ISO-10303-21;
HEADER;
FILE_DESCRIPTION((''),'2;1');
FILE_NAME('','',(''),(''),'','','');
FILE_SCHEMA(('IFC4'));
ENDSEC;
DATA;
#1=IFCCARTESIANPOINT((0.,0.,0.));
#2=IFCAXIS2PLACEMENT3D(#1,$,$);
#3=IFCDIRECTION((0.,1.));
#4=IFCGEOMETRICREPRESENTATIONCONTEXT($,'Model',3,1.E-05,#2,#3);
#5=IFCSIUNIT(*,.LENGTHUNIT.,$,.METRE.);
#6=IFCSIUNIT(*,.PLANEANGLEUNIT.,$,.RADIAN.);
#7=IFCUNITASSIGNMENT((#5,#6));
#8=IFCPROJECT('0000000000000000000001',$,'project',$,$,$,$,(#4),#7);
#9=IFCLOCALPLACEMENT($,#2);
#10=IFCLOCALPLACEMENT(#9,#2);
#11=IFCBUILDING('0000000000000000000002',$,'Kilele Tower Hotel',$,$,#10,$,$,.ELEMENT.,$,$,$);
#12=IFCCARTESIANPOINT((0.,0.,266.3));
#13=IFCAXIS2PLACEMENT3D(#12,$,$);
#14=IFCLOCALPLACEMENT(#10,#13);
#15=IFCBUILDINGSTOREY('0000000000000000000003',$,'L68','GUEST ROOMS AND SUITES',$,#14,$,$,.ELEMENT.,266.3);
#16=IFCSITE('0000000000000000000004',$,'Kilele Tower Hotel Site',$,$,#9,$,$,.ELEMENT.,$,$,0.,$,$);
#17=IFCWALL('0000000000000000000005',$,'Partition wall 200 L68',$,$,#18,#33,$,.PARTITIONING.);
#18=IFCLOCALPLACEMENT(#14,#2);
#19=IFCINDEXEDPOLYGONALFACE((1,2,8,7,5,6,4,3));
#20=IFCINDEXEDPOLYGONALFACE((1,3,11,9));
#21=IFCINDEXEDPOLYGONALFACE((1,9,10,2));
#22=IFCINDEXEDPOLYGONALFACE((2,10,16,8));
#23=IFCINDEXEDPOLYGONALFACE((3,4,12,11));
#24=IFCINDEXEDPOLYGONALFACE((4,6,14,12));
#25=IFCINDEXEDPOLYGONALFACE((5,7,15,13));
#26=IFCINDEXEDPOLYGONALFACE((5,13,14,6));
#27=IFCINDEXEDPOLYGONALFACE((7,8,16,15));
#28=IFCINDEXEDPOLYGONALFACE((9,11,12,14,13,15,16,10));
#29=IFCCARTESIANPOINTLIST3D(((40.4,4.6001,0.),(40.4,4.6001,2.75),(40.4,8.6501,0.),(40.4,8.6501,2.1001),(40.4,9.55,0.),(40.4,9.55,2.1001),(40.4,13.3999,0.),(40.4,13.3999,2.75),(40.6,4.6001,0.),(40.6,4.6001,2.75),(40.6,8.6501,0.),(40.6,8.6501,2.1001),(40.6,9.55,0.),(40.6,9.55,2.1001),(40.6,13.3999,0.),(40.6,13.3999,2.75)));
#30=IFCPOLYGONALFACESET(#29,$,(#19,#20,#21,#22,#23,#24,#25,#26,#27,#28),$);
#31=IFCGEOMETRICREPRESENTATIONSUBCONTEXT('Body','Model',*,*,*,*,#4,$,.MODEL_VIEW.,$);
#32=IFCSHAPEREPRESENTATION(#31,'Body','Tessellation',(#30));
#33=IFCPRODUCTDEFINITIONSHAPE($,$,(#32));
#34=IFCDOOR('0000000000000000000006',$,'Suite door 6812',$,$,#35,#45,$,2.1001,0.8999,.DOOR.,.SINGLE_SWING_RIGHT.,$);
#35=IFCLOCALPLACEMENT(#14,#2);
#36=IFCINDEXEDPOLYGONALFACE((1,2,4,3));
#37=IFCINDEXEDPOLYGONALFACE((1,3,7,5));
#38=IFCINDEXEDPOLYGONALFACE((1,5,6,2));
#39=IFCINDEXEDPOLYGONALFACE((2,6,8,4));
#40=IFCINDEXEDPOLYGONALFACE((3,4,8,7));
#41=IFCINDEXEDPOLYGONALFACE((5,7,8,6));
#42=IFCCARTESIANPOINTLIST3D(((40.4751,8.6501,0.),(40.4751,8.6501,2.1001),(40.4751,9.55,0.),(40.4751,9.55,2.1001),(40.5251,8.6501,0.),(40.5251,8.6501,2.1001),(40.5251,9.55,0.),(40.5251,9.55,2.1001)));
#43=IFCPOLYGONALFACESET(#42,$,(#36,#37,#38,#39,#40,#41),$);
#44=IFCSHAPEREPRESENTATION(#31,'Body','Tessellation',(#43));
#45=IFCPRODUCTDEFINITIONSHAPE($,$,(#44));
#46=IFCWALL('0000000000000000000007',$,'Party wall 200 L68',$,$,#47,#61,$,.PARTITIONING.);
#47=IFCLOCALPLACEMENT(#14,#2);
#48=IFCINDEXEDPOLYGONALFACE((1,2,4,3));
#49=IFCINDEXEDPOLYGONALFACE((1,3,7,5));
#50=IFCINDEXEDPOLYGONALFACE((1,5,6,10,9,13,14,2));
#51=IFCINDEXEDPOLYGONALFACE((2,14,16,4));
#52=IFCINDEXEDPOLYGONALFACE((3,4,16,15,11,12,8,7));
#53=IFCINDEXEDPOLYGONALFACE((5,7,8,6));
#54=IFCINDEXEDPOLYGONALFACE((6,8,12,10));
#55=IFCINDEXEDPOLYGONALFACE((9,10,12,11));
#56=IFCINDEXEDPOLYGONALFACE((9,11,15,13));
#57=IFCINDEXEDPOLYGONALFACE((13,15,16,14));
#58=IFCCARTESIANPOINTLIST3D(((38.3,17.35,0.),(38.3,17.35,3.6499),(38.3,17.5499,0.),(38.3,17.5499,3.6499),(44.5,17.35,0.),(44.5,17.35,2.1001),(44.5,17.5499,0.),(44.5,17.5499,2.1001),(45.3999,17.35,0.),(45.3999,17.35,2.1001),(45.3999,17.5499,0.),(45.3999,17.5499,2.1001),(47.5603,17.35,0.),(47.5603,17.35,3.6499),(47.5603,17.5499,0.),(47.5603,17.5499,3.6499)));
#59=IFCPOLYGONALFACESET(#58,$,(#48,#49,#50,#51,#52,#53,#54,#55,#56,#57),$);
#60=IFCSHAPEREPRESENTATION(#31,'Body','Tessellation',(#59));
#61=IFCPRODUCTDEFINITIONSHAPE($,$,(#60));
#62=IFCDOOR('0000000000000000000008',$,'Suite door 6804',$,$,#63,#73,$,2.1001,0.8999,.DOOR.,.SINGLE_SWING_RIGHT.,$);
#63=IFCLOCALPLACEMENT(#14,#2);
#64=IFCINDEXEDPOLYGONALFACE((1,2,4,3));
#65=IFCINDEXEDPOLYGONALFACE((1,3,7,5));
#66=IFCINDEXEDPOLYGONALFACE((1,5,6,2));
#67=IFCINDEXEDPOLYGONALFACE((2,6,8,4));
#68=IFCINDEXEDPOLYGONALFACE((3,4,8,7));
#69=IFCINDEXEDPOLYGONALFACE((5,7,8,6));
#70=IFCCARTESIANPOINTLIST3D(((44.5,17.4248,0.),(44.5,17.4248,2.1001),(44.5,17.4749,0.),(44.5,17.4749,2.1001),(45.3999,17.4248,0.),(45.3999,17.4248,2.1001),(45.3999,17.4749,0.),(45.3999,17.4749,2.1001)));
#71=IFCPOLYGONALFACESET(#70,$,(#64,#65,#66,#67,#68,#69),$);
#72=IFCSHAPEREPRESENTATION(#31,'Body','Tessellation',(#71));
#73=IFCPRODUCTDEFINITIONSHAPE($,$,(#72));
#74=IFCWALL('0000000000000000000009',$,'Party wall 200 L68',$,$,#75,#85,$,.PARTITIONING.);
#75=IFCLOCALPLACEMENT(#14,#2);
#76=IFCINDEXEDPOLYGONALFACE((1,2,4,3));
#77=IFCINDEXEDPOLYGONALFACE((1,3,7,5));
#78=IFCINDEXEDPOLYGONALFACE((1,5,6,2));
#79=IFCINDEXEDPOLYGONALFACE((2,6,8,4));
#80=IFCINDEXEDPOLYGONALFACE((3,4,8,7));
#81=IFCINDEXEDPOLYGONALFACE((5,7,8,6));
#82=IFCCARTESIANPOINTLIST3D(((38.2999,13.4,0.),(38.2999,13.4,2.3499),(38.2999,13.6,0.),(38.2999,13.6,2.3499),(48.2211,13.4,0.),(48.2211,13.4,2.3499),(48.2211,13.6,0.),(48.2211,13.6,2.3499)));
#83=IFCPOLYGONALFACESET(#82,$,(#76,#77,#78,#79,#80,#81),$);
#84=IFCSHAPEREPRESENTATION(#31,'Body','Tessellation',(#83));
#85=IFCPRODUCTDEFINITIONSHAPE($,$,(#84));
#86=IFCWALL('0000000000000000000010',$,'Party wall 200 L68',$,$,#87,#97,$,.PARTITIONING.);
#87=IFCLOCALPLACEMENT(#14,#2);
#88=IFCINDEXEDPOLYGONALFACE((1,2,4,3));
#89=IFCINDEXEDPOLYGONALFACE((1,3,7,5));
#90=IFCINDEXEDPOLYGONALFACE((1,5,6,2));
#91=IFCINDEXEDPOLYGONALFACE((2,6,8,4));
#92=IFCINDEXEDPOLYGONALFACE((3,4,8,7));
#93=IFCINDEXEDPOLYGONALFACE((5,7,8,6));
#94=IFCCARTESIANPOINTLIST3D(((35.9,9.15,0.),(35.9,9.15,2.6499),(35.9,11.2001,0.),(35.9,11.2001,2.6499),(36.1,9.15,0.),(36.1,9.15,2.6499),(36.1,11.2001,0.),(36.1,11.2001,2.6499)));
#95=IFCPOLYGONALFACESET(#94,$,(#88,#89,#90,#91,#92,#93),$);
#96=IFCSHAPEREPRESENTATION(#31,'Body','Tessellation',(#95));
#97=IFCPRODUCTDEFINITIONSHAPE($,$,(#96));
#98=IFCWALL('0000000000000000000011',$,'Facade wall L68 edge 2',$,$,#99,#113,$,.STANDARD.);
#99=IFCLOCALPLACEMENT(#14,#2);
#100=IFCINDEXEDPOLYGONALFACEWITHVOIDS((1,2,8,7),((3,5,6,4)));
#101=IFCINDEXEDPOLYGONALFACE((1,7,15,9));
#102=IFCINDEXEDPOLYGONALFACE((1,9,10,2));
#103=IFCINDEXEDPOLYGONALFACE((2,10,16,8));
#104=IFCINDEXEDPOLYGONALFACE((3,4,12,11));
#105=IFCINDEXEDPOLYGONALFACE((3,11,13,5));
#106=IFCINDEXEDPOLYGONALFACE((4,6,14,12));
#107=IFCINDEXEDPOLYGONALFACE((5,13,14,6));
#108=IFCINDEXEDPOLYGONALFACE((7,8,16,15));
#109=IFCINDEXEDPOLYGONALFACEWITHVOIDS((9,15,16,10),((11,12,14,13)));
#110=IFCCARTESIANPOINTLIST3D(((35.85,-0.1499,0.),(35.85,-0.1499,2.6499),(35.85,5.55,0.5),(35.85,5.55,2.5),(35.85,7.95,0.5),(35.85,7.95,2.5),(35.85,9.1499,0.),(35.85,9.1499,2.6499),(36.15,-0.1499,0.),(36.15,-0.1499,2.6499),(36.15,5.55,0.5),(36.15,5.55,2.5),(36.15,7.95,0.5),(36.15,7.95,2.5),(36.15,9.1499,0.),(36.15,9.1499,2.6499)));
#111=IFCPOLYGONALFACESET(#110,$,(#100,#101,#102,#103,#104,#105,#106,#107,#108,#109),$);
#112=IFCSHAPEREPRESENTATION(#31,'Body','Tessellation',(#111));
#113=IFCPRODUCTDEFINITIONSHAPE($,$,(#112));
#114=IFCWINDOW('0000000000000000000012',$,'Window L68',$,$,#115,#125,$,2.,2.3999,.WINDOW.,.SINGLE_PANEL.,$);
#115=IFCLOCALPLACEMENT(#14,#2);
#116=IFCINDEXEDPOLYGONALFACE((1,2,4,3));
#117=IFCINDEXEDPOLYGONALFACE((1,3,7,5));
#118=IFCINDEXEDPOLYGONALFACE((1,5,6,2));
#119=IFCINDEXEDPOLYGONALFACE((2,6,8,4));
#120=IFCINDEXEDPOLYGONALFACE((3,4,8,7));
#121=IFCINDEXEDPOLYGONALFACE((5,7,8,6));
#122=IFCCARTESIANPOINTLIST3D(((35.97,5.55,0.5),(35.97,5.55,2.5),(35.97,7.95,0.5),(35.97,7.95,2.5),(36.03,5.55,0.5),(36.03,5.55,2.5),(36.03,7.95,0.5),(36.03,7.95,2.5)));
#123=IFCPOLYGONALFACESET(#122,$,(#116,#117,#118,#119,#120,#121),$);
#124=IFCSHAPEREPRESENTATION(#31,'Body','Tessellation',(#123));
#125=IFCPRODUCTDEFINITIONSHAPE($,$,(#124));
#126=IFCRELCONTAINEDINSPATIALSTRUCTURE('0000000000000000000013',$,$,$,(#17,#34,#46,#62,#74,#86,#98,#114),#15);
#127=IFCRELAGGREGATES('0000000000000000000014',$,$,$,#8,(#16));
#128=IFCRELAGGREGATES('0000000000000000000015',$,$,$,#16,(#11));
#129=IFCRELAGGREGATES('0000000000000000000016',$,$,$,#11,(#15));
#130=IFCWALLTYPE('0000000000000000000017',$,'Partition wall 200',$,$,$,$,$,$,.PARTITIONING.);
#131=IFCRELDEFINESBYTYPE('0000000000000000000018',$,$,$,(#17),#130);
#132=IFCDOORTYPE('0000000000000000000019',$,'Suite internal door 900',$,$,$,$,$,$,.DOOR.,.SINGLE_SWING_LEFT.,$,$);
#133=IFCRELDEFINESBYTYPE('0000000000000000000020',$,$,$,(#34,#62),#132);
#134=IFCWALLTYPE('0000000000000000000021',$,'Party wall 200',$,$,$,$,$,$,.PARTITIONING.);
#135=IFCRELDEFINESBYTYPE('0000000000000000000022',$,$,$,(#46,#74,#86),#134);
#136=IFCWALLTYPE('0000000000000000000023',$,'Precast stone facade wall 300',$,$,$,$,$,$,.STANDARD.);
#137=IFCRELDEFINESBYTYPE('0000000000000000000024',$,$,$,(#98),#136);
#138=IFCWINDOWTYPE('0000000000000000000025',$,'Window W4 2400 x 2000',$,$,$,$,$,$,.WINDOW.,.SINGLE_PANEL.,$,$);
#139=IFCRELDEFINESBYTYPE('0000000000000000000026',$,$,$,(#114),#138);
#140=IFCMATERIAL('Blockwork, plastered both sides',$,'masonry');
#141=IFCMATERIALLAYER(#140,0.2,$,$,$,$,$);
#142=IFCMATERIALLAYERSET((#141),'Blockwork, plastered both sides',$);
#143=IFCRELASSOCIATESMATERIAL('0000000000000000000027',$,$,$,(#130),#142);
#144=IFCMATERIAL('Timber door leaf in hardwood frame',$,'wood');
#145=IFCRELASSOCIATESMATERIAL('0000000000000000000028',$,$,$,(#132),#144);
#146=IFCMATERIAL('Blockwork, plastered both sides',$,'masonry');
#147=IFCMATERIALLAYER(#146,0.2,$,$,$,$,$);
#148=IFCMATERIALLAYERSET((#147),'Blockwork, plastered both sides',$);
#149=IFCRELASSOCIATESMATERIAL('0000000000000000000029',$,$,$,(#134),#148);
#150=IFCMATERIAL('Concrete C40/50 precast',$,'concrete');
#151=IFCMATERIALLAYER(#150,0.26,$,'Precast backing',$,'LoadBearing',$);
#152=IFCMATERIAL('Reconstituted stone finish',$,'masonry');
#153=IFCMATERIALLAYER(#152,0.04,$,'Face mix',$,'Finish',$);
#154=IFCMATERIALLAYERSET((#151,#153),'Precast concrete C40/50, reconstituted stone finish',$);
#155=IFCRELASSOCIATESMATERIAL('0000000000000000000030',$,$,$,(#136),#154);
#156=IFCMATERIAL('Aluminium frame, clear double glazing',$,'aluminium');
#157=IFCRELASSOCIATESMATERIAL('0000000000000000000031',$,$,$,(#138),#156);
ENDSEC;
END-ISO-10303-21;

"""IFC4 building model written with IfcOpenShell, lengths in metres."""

from ifc_helpers import new_model, si_unit, direction, frame, frame_2d, origin, place, context, subcontext, project, spatial, rectangle, extrude, material, layer, layer_set, type_object, element, fill, save


model = new_model("IFC4")

# Units and contexts
model_context = context("Model", 3, precision=1e-05, world=origin(), true_north=direction((0.0, 1.0)))
body_context = subcontext(model_context, "Body", "Model", "MODEL_VIEW")
ifc_project = project(units=[si_unit("LENGTHUNIT", "METRE"), si_unit("PLANEANGLEUNIT", "RADIAN")], contexts=[model_context])

# Site, building, storey
site_placement = place(None, origin())
site = spatial("IfcSite", under=ifc_project, at=site_placement, Name="Kilele Tower Hotel Site", CompositionType="ELEMENT", RefElevation=0.0)
building_placement = place(site_placement, origin())
building = spatial("IfcBuilding", under=site, at=building_placement, Name="Kilele Tower Hotel", CompositionType="ELEMENT")
storey_placement = place(building_placement, frame((0.0, 0.0, 266.3)))
storey = spatial("IfcBuildingStorey", under=building, at=storey_placement, Name="L68", Description="GUEST ROOMS AND SUITES", CompositionType="ELEMENT", Elevation=266.3)

# Walls, openings, doors
ifc_material_1 = material(Name="Blockwork, plastered both sides", Category="masonry")
ifc_layer_1 = layer(ifc_material_1, 0.2)
ifc_layer_set_1 = layer_set([ifc_layer_1], Name="Blockwork, plastered both sides")
wall_type_1 = type_object("IfcWallType", Name="Partition wall 200", PredefinedType="PARTITIONING", material=ifc_layer_set_1)
wall_1_placement = place(storey_placement, frame((40.5, 4.6001, 0.0), z_axis=(0.0, 0.0, 1.0), x_axis=(0.0, 1.0, 0.0)))
wall_1 = element("IfcWall", 1, at=wall_1_placement, inside=storey, type_object=wall_type_1, Name="Partition wall 200 L68", PredefinedType="PARTITIONING", context=body_context, shape_type="SweptSolid", body=[
    extrude(rectangle(XDim=8.7998, YDim=0.2, at=frame_2d((4.3999, 0.0))), origin(), (0.0, 0.0, 1.0), 2.75),
])
opening_1_placement = place(wall_1_placement, frame((4.05, 0.0, 0.0)))
opening_1 = element("IfcOpeningElement", 2, at=opening_1_placement, cuts=wall_1, PredefinedType="OPENING", context=body_context, shape_type="SweptSolid", body=[
    extrude(rectangle(XDim=0.8999, YDim=2.1001, at=frame_2d((0.45, 1.05))), frame((0.0, 0.1099, 0.0), z_axis=(0.0, -1.0, 0.0), x_axis=(1.0, 0.0, 0.0)), (0.0, 0.0, 1.0), 0.22),
])
ifc_material_2 = material(Name="Timber door leaf in hardwood frame", Category="wood")
door_type_1 = type_object("IfcDoorType", Name="Suite internal door 900", OperationType="SINGLE_SWING_LEFT", PredefinedType="DOOR", material=ifc_material_2)
door_1_placement = place(opening_1_placement, origin())
door_1 = element("IfcDoor", 3, at=door_1_placement, inside=storey, type_object=door_type_1, Name="Suite door 6812", OperationType="SINGLE_SWING_RIGHT", OverallHeight=2.1001, OverallWidth=0.8999, PredefinedType="DOOR", context=body_context, shape_type="SweptSolid", body=[
    extrude(rectangle(XDim=0.8999, YDim=2.1001, at=frame_2d((0.45, 1.05))), frame((0.0, 0.0249, 0.0), z_axis=(0.0, -1.0, 0.0), x_axis=(1.0, 0.0, 0.0)), (0.0, 0.0, 1.0), 0.05),
])
fill(opening_1, door_1)
ifc_material_3 = material(Name="Blockwork, plastered both sides", Category="masonry")
ifc_layer_2 = layer(ifc_material_3, 0.2)
ifc_layer_set_2 = layer_set([ifc_layer_2], Name="Blockwork, plastered both sides")
wall_type_2 = type_object("IfcWallType", Name="Party wall 200", PredefinedType="PARTITIONING", material=ifc_layer_set_2)
wall_2_placement = place(storey_placement, frame((38.3, 17.45, 0.0), z_axis=(0.0, 0.0, 1.0), x_axis=(1.0, 0.0, 0.0)))
wall_2 = element("IfcWall", 4, at=wall_2_placement, inside=storey, type_object=wall_type_2, Name="Party wall 200 L68", PredefinedType="PARTITIONING", context=body_context, shape_type="SweptSolid", body=[
    extrude(rectangle(XDim=9.2603, YDim=0.2, at=frame_2d((4.6301, 0.0))), origin(), (0.0, 0.0, 1.0), 3.6499),
])
opening_2_placement = place(wall_2_placement, frame((6.2, 0.0, 0.0)))
opening_2 = element("IfcOpeningElement", 5, at=opening_2_placement, cuts=wall_2, PredefinedType="OPENING", context=body_context, shape_type="SweptSolid", body=[
    extrude(rectangle(XDim=0.8999, YDim=2.1001, at=frame_2d((0.45, 1.05))), frame((0.0, 0.1099, 0.0), z_axis=(0.0, -1.0, 0.0), x_axis=(1.0, 0.0, 0.0)), (0.0, 0.0, 1.0), 0.22),
])
door_2_placement = place(opening_2_placement, origin())
door_2 = element("IfcDoor", 6, at=door_2_placement, inside=storey, type_object=door_type_1, Name="Suite door 6804", OperationType="SINGLE_SWING_RIGHT", OverallHeight=2.1001, OverallWidth=0.8999, PredefinedType="DOOR", context=body_context, shape_type="SweptSolid", body=[
    extrude(rectangle(XDim=0.8999, YDim=2.1001, at=frame_2d((0.45, 1.05))), frame((0.0, 0.0249, 0.0), z_axis=(0.0, -1.0, 0.0), x_axis=(1.0, 0.0, 0.0)), (0.0, 0.0, 1.0), 0.05),
])
fill(opening_2, door_2)

# Walls
wall_3_placement = place(storey_placement, frame((38.3, 13.5, 0.0), z_axis=(0.0, 0.0, 1.0), x_axis=(1.0, 0.0, 0.0)))
element("IfcWall", 7, at=wall_3_placement, inside=storey, type_object=wall_type_2, Name="Party wall 200 L68", PredefinedType="PARTITIONING", context=body_context, shape_type="SweptSolid", body=[
    extrude(rectangle(XDim=9.9211, YDim=0.2, at=frame_2d((4.9604, 0.0))), origin(), (0.0, 0.0, 1.0), 2.3499),
])
wall_4_placement = place(storey_placement, frame((36.0, 11.2, 0.0), z_axis=(0.0, 0.0, 1.0), x_axis=(0.0, -1.0, 0.0)))
element("IfcWall", 8, at=wall_4_placement, inside=storey, type_object=wall_type_2, Name="Party wall 200 L68", PredefinedType="PARTITIONING", context=body_context, shape_type="SweptSolid", body=[
    extrude(rectangle(XDim=2.05, YDim=0.2, at=frame_2d((1.0249, 0.0))), origin(), (0.0, 0.0, 1.0), 2.6499),
])

# Wall, opening, window
ifc_material_4 = material(Name="Concrete C40/50 precast", Category="concrete")
ifc_layer_3 = layer(ifc_material_4, 0.26, Name="Precast backing", Category="LoadBearing")
ifc_material_5 = material(Name="Reconstituted stone finish", Category="masonry")
ifc_layer_4 = layer(ifc_material_5, 0.04, Name="Face mix", Category="Finish")
ifc_layer_set_3 = layer_set([ifc_layer_3, ifc_layer_4], Name="Precast concrete C40/50, reconstituted stone finish")
wall_type_3 = type_object("IfcWallType", Name="Precast stone facade wall 300", PredefinedType="STANDARD", material=ifc_layer_set_3)
wall_5_placement = place(storey_placement, frame((36.0, 9.1499, 0.0), z_axis=(0.0, 0.0, 1.0), x_axis=(0.0, -1.0, 0.0)))
wall_5 = element("IfcWall", 9, at=wall_5_placement, inside=storey, type_object=wall_type_3, Name="Facade wall L68 edge 2", PredefinedType="STANDARD", context=body_context, shape_type="SweptSolid", body=[
    extrude(rectangle(XDim=9.2998, YDim=0.3, at=frame_2d((4.6499, 0.0))), origin(), (0.0, 0.0, 1.0), 2.6499),
])
opening_3_placement = place(wall_5_placement, frame((1.2, 0.0, 0.5)))
opening_3 = element("IfcOpeningElement", 10, at=opening_3_placement, cuts=wall_5, PredefinedType="OPENING", context=body_context, shape_type="SweptSolid", body=[
    extrude(rectangle(XDim=2.3999, YDim=2.0, at=frame_2d((1.2, 1.0))), frame((0.0, 0.1599, 0.0), z_axis=(0.0, -1.0, 0.0), x_axis=(1.0, 0.0, 0.0)), (0.0, 0.0, 1.0), 0.3201),
])
ifc_material_6 = material(Name="Aluminium frame, clear double glazing", Category="aluminium")
window_type = type_object("IfcWindowType", Name="Window W4 2400 x 2000", PartitioningType="SINGLE_PANEL", PredefinedType="WINDOW", material=ifc_material_6)
window_placement = place(opening_3_placement, origin())
window = element("IfcWindow", 11, at=window_placement, inside=storey, type_object=window_type, Name="Window L68", OverallHeight=2.0, OverallWidth=2.3999, PartitioningType="SINGLE_PANEL", PredefinedType="WINDOW", context=body_context, shape_type="SweptSolid", body=[
    extrude(rectangle(XDim=2.3999, YDim=2.0, at=frame_2d((1.2, 1.0))), frame((0.0, 0.03, 0.0), z_axis=(0.0, -1.0, 0.0), x_axis=(1.0, 0.0, 0.0)), (0.0, 0.0, 1.0), 0.0601),
])
fill(opening_3, window)

save(model, "model.ifc")
